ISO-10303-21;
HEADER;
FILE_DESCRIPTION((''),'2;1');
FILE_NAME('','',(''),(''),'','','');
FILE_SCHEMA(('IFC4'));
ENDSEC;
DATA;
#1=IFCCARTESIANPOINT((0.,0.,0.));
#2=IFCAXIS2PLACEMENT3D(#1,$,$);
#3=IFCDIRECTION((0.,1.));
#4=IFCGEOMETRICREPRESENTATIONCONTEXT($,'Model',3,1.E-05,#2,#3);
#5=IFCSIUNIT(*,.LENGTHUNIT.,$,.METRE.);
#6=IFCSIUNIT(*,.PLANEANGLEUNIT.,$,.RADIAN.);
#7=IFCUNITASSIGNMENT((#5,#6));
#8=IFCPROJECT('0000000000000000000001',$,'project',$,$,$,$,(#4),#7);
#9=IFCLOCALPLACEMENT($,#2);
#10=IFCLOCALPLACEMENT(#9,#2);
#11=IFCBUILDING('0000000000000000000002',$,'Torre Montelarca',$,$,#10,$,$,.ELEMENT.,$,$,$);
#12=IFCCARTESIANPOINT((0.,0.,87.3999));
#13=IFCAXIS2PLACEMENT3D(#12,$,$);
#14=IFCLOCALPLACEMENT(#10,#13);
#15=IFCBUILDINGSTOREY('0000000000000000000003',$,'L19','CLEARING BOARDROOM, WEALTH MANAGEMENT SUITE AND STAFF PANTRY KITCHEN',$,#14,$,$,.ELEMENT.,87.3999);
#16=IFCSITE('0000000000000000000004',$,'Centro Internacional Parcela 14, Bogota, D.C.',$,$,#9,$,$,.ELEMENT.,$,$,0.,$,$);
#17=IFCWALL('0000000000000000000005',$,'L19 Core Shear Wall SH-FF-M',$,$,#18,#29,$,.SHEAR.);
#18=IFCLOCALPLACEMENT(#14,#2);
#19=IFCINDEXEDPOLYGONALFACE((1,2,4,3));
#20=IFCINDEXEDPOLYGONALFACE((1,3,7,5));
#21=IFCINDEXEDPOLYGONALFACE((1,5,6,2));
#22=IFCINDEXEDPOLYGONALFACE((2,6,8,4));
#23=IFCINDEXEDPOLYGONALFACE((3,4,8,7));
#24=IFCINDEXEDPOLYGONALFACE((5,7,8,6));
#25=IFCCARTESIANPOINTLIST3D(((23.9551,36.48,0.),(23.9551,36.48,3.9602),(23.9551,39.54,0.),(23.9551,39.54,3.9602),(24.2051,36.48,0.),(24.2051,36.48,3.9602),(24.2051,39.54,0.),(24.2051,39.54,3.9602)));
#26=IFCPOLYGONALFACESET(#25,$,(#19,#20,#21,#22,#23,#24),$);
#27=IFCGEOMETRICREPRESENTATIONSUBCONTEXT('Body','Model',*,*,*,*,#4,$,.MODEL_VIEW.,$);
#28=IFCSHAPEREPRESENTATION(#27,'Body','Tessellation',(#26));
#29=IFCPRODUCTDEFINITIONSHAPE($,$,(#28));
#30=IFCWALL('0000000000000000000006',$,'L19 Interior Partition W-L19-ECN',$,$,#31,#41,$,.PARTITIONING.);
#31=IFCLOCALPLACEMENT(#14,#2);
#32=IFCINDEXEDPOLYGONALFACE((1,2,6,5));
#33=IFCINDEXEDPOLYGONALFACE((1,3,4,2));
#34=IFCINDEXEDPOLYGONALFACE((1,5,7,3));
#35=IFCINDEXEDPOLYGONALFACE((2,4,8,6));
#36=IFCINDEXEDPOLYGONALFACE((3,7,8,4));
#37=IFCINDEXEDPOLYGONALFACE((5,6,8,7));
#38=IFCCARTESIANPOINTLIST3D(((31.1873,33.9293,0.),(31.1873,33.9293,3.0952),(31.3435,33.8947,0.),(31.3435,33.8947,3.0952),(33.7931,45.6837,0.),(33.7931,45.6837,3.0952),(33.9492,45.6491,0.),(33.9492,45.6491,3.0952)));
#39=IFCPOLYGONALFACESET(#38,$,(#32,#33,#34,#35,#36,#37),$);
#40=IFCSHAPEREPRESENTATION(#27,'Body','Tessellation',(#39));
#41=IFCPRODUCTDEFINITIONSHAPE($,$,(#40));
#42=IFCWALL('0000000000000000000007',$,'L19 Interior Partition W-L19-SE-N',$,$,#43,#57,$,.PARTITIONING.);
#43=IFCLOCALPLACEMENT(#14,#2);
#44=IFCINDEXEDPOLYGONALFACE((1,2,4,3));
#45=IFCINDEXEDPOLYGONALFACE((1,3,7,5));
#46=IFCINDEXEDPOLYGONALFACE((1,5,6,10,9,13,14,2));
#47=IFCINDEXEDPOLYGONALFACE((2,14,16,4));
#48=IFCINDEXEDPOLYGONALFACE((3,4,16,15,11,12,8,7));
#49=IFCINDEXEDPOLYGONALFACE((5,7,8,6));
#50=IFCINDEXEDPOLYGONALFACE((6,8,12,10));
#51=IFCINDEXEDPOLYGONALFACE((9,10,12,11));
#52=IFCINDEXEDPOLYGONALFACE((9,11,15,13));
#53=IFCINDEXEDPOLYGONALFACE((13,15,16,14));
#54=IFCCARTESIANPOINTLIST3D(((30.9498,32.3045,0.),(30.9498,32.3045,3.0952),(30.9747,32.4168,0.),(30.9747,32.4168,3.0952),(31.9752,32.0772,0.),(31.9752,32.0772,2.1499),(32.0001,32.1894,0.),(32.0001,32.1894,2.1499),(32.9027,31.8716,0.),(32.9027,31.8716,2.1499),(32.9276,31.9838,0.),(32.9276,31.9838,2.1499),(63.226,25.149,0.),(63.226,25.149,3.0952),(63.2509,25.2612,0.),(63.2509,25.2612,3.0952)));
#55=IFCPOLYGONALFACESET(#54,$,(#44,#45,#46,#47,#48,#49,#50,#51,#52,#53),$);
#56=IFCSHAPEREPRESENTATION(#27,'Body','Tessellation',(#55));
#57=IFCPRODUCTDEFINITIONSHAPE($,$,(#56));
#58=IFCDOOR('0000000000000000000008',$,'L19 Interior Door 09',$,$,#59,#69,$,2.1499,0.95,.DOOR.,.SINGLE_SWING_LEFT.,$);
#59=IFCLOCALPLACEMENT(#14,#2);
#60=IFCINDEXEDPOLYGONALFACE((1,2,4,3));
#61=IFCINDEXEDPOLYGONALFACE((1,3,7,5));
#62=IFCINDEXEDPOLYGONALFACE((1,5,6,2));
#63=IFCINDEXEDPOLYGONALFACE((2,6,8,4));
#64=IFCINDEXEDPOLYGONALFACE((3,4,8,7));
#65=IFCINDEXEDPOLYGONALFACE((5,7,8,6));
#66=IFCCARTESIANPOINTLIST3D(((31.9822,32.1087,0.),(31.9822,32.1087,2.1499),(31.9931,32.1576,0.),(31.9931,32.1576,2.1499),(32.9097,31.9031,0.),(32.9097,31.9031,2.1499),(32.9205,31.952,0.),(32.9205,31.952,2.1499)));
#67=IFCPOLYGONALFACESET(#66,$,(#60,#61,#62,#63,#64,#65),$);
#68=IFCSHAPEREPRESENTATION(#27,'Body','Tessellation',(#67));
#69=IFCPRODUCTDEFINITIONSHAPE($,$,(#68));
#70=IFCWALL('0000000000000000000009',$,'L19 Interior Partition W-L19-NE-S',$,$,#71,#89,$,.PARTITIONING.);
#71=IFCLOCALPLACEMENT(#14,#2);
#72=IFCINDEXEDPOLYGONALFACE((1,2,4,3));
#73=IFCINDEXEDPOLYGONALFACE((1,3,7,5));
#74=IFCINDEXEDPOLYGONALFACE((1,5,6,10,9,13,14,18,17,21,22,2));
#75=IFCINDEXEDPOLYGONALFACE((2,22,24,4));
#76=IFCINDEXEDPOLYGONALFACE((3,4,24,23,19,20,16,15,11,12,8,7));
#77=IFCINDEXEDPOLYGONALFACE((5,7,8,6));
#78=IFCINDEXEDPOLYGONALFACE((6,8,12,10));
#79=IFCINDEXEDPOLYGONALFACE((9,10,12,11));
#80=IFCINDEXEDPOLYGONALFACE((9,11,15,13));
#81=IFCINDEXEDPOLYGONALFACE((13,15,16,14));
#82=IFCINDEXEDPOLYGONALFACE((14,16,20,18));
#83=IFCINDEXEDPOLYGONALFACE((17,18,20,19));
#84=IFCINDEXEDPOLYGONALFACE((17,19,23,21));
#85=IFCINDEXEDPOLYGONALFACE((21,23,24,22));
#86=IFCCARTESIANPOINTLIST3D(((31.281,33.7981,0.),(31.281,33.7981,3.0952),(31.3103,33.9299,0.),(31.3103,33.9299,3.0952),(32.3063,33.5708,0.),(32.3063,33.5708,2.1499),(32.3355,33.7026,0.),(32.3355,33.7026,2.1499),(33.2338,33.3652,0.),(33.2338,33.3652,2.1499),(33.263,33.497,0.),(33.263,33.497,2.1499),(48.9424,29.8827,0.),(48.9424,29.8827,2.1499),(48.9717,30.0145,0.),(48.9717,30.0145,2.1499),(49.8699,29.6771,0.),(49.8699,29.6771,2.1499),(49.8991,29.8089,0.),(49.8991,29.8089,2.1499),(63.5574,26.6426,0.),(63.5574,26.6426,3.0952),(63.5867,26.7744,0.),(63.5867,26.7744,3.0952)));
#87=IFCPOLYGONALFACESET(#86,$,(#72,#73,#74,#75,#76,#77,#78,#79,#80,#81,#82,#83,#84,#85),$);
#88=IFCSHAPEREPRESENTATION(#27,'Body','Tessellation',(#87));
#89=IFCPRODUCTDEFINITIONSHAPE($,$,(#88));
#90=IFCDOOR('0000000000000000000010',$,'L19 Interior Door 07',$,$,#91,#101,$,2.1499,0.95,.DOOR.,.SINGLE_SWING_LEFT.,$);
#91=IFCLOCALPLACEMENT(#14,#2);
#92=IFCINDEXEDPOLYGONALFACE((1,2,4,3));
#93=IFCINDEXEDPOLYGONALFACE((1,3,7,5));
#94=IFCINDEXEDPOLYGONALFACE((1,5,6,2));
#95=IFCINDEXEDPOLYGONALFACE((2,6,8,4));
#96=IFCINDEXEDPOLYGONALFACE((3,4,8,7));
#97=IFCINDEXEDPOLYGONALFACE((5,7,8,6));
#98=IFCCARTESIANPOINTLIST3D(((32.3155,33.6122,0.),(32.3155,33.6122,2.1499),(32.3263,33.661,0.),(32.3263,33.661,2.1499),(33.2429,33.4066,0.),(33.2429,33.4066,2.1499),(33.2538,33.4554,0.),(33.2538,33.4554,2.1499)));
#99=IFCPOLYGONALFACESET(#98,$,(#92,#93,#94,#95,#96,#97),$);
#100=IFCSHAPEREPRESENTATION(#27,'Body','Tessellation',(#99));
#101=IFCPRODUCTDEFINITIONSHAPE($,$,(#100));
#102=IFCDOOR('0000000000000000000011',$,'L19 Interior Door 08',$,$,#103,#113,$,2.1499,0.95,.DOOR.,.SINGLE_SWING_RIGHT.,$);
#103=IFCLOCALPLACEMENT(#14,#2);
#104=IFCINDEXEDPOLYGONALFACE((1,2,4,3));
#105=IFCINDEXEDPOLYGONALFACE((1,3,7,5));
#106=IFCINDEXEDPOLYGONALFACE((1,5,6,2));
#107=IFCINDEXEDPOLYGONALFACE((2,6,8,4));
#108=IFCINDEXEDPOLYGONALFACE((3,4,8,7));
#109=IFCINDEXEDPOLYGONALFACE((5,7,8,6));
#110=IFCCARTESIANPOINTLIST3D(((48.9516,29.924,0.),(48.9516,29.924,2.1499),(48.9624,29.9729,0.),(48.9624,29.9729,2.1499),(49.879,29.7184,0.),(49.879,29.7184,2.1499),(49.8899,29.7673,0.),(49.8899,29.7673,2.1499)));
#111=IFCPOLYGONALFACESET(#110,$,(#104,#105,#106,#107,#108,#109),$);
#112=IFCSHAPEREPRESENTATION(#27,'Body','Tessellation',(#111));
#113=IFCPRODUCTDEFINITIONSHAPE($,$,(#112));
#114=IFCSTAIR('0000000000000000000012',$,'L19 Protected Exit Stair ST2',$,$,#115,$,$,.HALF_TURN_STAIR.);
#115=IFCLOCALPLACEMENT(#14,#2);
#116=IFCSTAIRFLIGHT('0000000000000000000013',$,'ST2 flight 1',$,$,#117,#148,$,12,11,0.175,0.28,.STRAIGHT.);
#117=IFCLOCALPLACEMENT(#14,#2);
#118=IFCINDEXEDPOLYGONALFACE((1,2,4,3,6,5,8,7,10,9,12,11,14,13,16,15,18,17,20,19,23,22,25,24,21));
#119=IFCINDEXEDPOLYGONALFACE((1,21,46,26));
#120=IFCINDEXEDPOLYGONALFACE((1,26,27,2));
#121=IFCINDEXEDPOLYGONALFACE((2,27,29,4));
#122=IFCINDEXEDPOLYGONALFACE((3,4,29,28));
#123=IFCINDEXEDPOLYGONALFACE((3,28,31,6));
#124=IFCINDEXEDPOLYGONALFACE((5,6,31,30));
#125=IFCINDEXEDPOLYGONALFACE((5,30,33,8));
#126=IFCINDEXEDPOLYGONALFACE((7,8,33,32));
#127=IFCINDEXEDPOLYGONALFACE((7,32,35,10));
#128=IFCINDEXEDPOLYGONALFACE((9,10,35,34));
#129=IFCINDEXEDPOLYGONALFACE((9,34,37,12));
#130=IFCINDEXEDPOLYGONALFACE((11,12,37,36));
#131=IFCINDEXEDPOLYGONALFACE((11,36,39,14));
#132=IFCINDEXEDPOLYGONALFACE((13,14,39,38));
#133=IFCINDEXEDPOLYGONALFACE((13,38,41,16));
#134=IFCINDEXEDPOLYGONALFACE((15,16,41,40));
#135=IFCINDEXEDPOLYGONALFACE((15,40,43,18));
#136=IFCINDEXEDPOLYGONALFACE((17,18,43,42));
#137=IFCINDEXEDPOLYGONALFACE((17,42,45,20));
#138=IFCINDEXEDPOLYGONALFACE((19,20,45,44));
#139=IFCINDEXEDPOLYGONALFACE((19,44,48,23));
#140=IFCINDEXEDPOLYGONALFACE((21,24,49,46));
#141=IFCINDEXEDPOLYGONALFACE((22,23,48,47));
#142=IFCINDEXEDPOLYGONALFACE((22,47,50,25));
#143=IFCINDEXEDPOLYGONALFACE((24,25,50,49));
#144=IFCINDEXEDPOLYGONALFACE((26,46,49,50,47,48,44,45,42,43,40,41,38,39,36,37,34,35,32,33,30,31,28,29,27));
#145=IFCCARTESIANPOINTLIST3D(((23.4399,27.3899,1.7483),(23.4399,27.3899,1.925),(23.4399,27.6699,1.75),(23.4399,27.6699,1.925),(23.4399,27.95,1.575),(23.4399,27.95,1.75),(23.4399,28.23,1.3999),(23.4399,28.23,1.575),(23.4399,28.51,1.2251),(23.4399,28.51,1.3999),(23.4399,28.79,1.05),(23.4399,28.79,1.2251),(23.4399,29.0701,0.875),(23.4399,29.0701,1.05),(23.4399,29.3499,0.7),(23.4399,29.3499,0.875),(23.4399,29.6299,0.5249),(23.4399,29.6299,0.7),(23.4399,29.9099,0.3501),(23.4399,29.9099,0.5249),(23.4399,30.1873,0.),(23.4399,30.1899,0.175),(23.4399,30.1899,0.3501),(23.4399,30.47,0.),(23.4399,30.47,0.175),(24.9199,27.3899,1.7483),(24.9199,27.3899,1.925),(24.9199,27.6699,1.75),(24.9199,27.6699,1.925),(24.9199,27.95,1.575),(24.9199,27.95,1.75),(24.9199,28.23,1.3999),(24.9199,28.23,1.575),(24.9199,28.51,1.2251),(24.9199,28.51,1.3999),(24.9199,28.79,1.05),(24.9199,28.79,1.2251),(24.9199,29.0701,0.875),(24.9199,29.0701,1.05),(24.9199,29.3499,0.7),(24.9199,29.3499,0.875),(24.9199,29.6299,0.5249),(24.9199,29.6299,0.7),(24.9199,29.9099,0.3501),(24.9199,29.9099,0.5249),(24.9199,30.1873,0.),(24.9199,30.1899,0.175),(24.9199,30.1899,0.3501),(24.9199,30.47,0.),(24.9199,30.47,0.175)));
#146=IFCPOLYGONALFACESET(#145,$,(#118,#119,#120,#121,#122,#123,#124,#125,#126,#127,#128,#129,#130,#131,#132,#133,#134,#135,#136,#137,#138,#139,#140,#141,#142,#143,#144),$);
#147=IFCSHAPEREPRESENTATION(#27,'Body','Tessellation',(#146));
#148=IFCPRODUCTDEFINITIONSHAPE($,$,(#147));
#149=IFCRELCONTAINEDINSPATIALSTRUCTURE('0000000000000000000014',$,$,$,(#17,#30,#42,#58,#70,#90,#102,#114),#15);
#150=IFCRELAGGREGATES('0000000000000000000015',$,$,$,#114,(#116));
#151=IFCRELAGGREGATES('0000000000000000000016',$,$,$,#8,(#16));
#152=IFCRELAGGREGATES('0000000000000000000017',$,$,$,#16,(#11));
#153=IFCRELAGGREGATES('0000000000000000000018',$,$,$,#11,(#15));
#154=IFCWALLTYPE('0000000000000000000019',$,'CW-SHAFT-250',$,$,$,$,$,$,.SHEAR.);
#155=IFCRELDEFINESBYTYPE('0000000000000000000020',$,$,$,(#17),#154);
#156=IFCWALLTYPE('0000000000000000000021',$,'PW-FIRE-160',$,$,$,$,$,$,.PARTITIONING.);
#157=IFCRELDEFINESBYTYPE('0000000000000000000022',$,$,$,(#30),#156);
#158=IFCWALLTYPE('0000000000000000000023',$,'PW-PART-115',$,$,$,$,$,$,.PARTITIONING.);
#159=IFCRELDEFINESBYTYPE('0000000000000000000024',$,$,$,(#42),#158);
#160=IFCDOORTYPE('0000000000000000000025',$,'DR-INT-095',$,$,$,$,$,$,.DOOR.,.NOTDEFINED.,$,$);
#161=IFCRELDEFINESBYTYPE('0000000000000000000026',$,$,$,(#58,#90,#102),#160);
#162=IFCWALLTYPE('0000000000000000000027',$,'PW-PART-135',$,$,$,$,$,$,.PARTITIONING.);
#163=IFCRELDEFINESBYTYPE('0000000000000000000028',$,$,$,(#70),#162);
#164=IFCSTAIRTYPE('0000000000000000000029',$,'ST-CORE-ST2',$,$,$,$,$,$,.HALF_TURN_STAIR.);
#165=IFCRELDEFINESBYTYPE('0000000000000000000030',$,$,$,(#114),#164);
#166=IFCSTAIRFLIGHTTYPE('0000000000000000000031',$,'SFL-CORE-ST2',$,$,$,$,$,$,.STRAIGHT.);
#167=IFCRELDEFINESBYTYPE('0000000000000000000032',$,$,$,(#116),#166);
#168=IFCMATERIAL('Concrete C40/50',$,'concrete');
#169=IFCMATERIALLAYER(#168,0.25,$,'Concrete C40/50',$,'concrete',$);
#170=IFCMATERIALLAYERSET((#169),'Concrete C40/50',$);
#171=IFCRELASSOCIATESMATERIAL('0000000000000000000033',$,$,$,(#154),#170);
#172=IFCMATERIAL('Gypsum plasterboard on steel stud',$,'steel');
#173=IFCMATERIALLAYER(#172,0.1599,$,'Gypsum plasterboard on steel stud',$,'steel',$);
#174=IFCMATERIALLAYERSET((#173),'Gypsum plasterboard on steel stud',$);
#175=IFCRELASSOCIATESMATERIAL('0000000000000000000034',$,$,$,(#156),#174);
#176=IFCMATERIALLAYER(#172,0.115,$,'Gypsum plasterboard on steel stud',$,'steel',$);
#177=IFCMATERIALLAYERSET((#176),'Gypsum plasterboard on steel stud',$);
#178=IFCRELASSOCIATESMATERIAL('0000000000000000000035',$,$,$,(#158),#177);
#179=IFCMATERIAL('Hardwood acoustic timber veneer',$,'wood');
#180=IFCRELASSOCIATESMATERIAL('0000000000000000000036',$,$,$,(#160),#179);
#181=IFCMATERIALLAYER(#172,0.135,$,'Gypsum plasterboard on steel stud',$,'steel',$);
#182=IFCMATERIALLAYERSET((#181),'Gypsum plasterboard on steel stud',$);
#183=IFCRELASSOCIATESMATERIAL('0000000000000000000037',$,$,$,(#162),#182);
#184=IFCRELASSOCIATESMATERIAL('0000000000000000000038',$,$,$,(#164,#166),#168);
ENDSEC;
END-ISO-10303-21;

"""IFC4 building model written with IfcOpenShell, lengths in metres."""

from ifc_helpers import new_model, si_unit, direction, frame, frame_2d, origin, place, context, subcontext, project, spatial, polyline, rectangle, outline, extrude, source, transform, mapped, material, layer, layer_set, type_object, element, fill, aggregate, save


model = new_model("IFC4")

# Units and contexts
model_context = context("Model", 3, precision=1e-05, world=origin(), true_north=direction((0.0, 1.0)))
body_context = subcontext(model_context, "Body", "Model", "MODEL_VIEW")
ifc_project = project(units=[si_unit("LENGTHUNIT", "METRE"), si_unit("PLANEANGLEUNIT", "RADIAN")], contexts=[model_context])

# Site, building, storey
site_placement = place(None, origin())
site = spatial("IfcSite", under=ifc_project, at=site_placement, Name="Centro Internacional Parcela 14, Bogota, D.C.", CompositionType="ELEMENT", RefElevation=0.0)
building_placement = place(site_placement, origin())
building = spatial("IfcBuilding", under=site, at=building_placement, Name="Torre Montelarca", CompositionType="ELEMENT")
storey_placement = place(building_placement, frame((0.0, 0.0, 87.3999)))
storey = spatial("IfcBuildingStorey", under=building, at=storey_placement, Name="L19", Description="CLEARING BOARDROOM, WEALTH MANAGEMENT SUITE AND STAFF PANTRY KITCHEN", CompositionType="ELEMENT", Elevation=87.3999)

# Shared definitions
ifc_material_1 = material(Name="Concrete C40/50", Category="concrete")
ifc_layer_1 = layer(ifc_material_1, 0.25, Name="Concrete C40/50", Category="concrete")
ifc_layer_set_1 = layer_set([ifc_layer_1], Name="Concrete C40/50")
wall_type_1 = type_object("IfcWallType", Name="CW-SHAFT-250", PredefinedType="SHEAR", material=ifc_layer_set_1)

# Walls
wall_1_placement = place(storey_placement, frame((24.0801, 36.48, 0.0), z_axis=(0.0, 0.0, 1.0), x_axis=(0.0, 1.0, 0.0)))
element("IfcWall", 1, at=wall_1_placement, inside=storey, type_object=wall_type_1, Name="L19 Core Shear Wall SH-FF-M", PredefinedType="SHEAR", context=body_context, shape_type="SweptSolid", body=[
    extrude(rectangle(XDim=3.0601, YDim=0.25, at=frame_2d((1.53, 0.0))), origin(), (0.0, 0.0, 1.0), 3.9602),
])
ifc_material_2 = material(Name="Gypsum plasterboard on steel stud", Category="steel")
ifc_layer_2 = layer(ifc_material_2, 0.1599, Name="Gypsum plasterboard on steel stud", Category="steel")
ifc_layer_set_2 = layer_set([ifc_layer_2], Name="Gypsum plasterboard on steel stud")
wall_type_2 = type_object("IfcWallType", Name="PW-FIRE-160", PredefinedType="PARTITIONING", material=ifc_layer_set_2)
wall_2_placement = place(storey_placement, frame((31.2654, 33.9119, 0.0), z_axis=(0.0, 0.0, 1.0), x_axis=(0.216426, 0.976299, 0.0)))
element("IfcWall", 2, at=wall_2_placement, inside=storey, type_object=wall_type_2, Name="L19 Interior Partition W-L19-ECN", PredefinedType="PARTITIONING", context=body_context, shape_type="SweptSolid", body=[
    extrude(rectangle(XDim=12.0398, YDim=0.1599, at=frame_2d((6.02, 0.0))), origin(), (0.0, 0.0, 1.0), 3.0952),
])

# Wall, opening, door
ifc_layer_3 = layer(ifc_material_2, 0.115, Name="Gypsum plasterboard on steel stud", Category="steel")
ifc_layer_set_3 = layer_set([ifc_layer_3], Name="Gypsum plasterboard on steel stud")
wall_type_3 = type_object("IfcWallType", Name="PW-PART-115", PredefinedType="PARTITIONING", material=ifc_layer_set_3)
wall_3_placement = place(storey_placement, frame((30.9624, 32.3606, 0.0), z_axis=(0.0, 0.0, 1.0), x_axis=(0.976296, -0.216442, 0.0)))
wall_3 = element("IfcWall", 3, at=wall_3_placement, inside=storey, type_object=wall_type_3, Name="L19 Interior Partition W-L19-SE-N", PredefinedType="PARTITIONING", context=body_context, shape_type="SweptSolid", body=[
    extrude(rectangle(XDim=33.0598, YDim=0.115, at=frame_2d((16.5298, 0.0))), origin(), (0.0, 0.0, 1.0), 3.0952),
])
opening_1_placement = place(wall_3_placement, frame((1.05, 0.0, 0.0)))
opening_1 = element("IfcOpeningElement", 4, at=opening_1_placement, cuts=wall_3, PredefinedType="OPENING", context=body_context, shape_type="SweptSolid", body=[
    extrude(rectangle(XDim=0.95, YDim=2.1499, at=frame_2d((0.4751, 1.075))), frame((0.0, 0.0674, 0.0), z_axis=(0.0, -1.0, 0.0), x_axis=(1.0, 0.0, 0.0)), (0.0, 0.0, 1.0), 0.135),
])
ifc_material_3 = material(Name="Hardwood acoustic timber veneer", Category="wood")
door_type_1 = type_object("IfcDoorType", Name="DR-INT-095", OperationType="NOTDEFINED", PredefinedType="DOOR", material=ifc_material_3)
shared_shape_1 = source(origin(), body_context, "Body", "SweptSolid", [
    extrude(rectangle(XDim=0.95, YDim=2.1499, at=frame_2d((0.4751, 1.075))), frame((0.0, 0.0249, 0.0), z_axis=(0.0, -1.0, 0.0), x_axis=(1.0, 0.0, 0.0)), (0.0, 0.0, 1.0), 0.05),
])
door_1_placement = place(opening_1_placement, origin())
door_1 = element("IfcDoor", 5, at=door_1_placement, inside=storey, type_object=door_type_1, Name="L19 Interior Door 09", OperationType="SINGLE_SWING_LEFT", OverallHeight=2.1499, OverallWidth=0.95, PredefinedType="DOOR", context=body_context, shape_type="MappedRepresentation", body=[
    mapped(shared_shape_1, transform((0.0, 0.0, 0.0), scale=1.0)),
])
fill(opening_1, door_1)

# Wall, openings, doors
ifc_layer_4 = layer(ifc_material_2, 0.135, Name="Gypsum plasterboard on steel stud", Category="steel")
ifc_layer_set_4 = layer_set([ifc_layer_4], Name="Gypsum plasterboard on steel stud")
wall_type_4 = type_object("IfcWallType", Name="PW-PART-135", PredefinedType="PARTITIONING", material=ifc_layer_set_4)
wall_4_placement = place(storey_placement, frame((31.2957, 33.864, 0.0), z_axis=(0.0, 0.0, 1.0), x_axis=(0.976296, -0.21644, 0.0)))
wall_4 = element("IfcWall", 6, at=wall_4_placement, inside=storey, type_object=wall_type_4, Name="L19 Interior Partition W-L19-NE-S", PredefinedType="PARTITIONING", context=body_context, shape_type="SweptSolid", body=[
    extrude(rectangle(XDim=33.0601, YDim=0.135, at=frame_2d((16.53, 0.0))), origin(), (0.0, 0.0, 1.0), 3.0952),
])
opening_2_placement = place(wall_4_placement, frame((1.05, 0.0, 0.0)))
opening_2 = element("IfcOpeningElement", 7, at=opening_2_placement, cuts=wall_4, PredefinedType="OPENING", context=body_context, shape_type="SweptSolid", body=[
    extrude(rectangle(XDim=0.95, YDim=2.1499, at=frame_2d((0.4751, 1.075))), frame((0.0, 0.0776, 0.0), z_axis=(0.0, -1.0, 0.0), x_axis=(1.0, 0.0, 0.0)), (0.0, 0.0, 1.0), 0.155),
])
opening_3_placement = place(wall_4_placement, frame((18.0901, 0.0, 0.0)))
opening_3 = element("IfcOpeningElement", 8, at=opening_3_placement, cuts=wall_4, PredefinedType="OPENING", context=body_context, shape_type="SweptSolid", body=[
    extrude(rectangle(XDim=0.95, YDim=2.1499, at=frame_2d((0.4751, 1.075))), frame((0.0, 0.0776, 0.0), z_axis=(0.0, -1.0, 0.0), x_axis=(1.0, 0.0, 0.0)), (0.0, 0.0, 1.0), 0.155),
])
door_2_placement = place(opening_2_placement, origin())
door_2 = element("IfcDoor", 9, at=door_2_placement, inside=storey, type_object=door_type_1, Name="L19 Interior Door 07", OperationType="SINGLE_SWING_LEFT", OverallHeight=2.1499, OverallWidth=0.95, PredefinedType="DOOR", context=body_context, shape_type="MappedRepresentation", body=[
    mapped(shared_shape_1, transform((0.0, 0.0, 0.0), scale=1.0)),
])
fill(opening_2, door_2)
door_3_placement = place(opening_3_placement, origin())
door_3 = element("IfcDoor", 10, at=door_3_placement, inside=storey, type_object=door_type_1, Name="L19 Interior Door 08", OperationType="SINGLE_SWING_RIGHT", OverallHeight=2.1499, OverallWidth=0.95, PredefinedType="DOOR", context=body_context, shape_type="MappedRepresentation", body=[
    mapped(shared_shape_1, transform((0.0, 0.0, 0.0), scale=1.0)),
])
fill(opening_3, door_3)

# Stair, stair flight
stair_type = type_object("IfcStairType", Name="ST-CORE-ST2", PredefinedType="HALF_TURN_STAIR", material=ifc_material_1)
stair_placement = place(storey_placement, origin())
stair = element("IfcStair", 11, at=stair_placement, inside=storey, type_object=stair_type, Name="L19 Protected Exit Stair ST2", PredefinedType="HALF_TURN_STAIR")
stair_flight_type = type_object("IfcStairFlightType", Name="SFL-CORE-ST2", PredefinedType="STRAIGHT", material=ifc_material_1)
stair_flight_placement = place(storey_placement, frame((24.1799, 30.47, 0.0), z_axis=(0.0, 0.0, 1.0), x_axis=(0.0, -1.0, 0.0)))
stair_flight = element("IfcStairFlight", 12, at=stair_flight_placement, type_object=stair_flight_type, Name="ST2 flight 1", NumberOfRisers=12, NumberOfTreads=11, PredefinedType="STRAIGHT", RiserHeight=0.175, TreadLength=0.28, context=body_context, shape_type="SweptSolid", body=[
    extrude(outline(polyline([(0.0, 0.0), (0.0, 0.175), (0.28, 0.175), (0.28, 0.3501), (0.5601, 0.3501), (0.5601, 0.5249), (0.8401, 0.5249), (0.8401, 0.7), (1.1201, 0.7), (1.1201, 0.875), (1.3999, 0.875), (1.3999, 1.05), (1.6799, 1.05), (1.6799, 1.2251), (1.96, 1.2251), (1.96, 1.3999), (2.24, 1.3999), (2.24, 1.575), (2.52, 1.575), (2.52, 1.75), (2.8, 1.75), (2.8, 1.925), (3.0801, 1.925), (3.0801, 2.1001), (3.0801, 1.7483), (0.2827, 0.0), (0.0, 0.0)])), frame((0.0, 0.74, 0.0), z_axis=(0.0, -1.0, 0.0), x_axis=(1.0, 0.0, 0.0)), (0.0, 0.0, 1.0), 1.48),
])
aggregate(stair, [stair_flight])

save(model, "model.ifc")
